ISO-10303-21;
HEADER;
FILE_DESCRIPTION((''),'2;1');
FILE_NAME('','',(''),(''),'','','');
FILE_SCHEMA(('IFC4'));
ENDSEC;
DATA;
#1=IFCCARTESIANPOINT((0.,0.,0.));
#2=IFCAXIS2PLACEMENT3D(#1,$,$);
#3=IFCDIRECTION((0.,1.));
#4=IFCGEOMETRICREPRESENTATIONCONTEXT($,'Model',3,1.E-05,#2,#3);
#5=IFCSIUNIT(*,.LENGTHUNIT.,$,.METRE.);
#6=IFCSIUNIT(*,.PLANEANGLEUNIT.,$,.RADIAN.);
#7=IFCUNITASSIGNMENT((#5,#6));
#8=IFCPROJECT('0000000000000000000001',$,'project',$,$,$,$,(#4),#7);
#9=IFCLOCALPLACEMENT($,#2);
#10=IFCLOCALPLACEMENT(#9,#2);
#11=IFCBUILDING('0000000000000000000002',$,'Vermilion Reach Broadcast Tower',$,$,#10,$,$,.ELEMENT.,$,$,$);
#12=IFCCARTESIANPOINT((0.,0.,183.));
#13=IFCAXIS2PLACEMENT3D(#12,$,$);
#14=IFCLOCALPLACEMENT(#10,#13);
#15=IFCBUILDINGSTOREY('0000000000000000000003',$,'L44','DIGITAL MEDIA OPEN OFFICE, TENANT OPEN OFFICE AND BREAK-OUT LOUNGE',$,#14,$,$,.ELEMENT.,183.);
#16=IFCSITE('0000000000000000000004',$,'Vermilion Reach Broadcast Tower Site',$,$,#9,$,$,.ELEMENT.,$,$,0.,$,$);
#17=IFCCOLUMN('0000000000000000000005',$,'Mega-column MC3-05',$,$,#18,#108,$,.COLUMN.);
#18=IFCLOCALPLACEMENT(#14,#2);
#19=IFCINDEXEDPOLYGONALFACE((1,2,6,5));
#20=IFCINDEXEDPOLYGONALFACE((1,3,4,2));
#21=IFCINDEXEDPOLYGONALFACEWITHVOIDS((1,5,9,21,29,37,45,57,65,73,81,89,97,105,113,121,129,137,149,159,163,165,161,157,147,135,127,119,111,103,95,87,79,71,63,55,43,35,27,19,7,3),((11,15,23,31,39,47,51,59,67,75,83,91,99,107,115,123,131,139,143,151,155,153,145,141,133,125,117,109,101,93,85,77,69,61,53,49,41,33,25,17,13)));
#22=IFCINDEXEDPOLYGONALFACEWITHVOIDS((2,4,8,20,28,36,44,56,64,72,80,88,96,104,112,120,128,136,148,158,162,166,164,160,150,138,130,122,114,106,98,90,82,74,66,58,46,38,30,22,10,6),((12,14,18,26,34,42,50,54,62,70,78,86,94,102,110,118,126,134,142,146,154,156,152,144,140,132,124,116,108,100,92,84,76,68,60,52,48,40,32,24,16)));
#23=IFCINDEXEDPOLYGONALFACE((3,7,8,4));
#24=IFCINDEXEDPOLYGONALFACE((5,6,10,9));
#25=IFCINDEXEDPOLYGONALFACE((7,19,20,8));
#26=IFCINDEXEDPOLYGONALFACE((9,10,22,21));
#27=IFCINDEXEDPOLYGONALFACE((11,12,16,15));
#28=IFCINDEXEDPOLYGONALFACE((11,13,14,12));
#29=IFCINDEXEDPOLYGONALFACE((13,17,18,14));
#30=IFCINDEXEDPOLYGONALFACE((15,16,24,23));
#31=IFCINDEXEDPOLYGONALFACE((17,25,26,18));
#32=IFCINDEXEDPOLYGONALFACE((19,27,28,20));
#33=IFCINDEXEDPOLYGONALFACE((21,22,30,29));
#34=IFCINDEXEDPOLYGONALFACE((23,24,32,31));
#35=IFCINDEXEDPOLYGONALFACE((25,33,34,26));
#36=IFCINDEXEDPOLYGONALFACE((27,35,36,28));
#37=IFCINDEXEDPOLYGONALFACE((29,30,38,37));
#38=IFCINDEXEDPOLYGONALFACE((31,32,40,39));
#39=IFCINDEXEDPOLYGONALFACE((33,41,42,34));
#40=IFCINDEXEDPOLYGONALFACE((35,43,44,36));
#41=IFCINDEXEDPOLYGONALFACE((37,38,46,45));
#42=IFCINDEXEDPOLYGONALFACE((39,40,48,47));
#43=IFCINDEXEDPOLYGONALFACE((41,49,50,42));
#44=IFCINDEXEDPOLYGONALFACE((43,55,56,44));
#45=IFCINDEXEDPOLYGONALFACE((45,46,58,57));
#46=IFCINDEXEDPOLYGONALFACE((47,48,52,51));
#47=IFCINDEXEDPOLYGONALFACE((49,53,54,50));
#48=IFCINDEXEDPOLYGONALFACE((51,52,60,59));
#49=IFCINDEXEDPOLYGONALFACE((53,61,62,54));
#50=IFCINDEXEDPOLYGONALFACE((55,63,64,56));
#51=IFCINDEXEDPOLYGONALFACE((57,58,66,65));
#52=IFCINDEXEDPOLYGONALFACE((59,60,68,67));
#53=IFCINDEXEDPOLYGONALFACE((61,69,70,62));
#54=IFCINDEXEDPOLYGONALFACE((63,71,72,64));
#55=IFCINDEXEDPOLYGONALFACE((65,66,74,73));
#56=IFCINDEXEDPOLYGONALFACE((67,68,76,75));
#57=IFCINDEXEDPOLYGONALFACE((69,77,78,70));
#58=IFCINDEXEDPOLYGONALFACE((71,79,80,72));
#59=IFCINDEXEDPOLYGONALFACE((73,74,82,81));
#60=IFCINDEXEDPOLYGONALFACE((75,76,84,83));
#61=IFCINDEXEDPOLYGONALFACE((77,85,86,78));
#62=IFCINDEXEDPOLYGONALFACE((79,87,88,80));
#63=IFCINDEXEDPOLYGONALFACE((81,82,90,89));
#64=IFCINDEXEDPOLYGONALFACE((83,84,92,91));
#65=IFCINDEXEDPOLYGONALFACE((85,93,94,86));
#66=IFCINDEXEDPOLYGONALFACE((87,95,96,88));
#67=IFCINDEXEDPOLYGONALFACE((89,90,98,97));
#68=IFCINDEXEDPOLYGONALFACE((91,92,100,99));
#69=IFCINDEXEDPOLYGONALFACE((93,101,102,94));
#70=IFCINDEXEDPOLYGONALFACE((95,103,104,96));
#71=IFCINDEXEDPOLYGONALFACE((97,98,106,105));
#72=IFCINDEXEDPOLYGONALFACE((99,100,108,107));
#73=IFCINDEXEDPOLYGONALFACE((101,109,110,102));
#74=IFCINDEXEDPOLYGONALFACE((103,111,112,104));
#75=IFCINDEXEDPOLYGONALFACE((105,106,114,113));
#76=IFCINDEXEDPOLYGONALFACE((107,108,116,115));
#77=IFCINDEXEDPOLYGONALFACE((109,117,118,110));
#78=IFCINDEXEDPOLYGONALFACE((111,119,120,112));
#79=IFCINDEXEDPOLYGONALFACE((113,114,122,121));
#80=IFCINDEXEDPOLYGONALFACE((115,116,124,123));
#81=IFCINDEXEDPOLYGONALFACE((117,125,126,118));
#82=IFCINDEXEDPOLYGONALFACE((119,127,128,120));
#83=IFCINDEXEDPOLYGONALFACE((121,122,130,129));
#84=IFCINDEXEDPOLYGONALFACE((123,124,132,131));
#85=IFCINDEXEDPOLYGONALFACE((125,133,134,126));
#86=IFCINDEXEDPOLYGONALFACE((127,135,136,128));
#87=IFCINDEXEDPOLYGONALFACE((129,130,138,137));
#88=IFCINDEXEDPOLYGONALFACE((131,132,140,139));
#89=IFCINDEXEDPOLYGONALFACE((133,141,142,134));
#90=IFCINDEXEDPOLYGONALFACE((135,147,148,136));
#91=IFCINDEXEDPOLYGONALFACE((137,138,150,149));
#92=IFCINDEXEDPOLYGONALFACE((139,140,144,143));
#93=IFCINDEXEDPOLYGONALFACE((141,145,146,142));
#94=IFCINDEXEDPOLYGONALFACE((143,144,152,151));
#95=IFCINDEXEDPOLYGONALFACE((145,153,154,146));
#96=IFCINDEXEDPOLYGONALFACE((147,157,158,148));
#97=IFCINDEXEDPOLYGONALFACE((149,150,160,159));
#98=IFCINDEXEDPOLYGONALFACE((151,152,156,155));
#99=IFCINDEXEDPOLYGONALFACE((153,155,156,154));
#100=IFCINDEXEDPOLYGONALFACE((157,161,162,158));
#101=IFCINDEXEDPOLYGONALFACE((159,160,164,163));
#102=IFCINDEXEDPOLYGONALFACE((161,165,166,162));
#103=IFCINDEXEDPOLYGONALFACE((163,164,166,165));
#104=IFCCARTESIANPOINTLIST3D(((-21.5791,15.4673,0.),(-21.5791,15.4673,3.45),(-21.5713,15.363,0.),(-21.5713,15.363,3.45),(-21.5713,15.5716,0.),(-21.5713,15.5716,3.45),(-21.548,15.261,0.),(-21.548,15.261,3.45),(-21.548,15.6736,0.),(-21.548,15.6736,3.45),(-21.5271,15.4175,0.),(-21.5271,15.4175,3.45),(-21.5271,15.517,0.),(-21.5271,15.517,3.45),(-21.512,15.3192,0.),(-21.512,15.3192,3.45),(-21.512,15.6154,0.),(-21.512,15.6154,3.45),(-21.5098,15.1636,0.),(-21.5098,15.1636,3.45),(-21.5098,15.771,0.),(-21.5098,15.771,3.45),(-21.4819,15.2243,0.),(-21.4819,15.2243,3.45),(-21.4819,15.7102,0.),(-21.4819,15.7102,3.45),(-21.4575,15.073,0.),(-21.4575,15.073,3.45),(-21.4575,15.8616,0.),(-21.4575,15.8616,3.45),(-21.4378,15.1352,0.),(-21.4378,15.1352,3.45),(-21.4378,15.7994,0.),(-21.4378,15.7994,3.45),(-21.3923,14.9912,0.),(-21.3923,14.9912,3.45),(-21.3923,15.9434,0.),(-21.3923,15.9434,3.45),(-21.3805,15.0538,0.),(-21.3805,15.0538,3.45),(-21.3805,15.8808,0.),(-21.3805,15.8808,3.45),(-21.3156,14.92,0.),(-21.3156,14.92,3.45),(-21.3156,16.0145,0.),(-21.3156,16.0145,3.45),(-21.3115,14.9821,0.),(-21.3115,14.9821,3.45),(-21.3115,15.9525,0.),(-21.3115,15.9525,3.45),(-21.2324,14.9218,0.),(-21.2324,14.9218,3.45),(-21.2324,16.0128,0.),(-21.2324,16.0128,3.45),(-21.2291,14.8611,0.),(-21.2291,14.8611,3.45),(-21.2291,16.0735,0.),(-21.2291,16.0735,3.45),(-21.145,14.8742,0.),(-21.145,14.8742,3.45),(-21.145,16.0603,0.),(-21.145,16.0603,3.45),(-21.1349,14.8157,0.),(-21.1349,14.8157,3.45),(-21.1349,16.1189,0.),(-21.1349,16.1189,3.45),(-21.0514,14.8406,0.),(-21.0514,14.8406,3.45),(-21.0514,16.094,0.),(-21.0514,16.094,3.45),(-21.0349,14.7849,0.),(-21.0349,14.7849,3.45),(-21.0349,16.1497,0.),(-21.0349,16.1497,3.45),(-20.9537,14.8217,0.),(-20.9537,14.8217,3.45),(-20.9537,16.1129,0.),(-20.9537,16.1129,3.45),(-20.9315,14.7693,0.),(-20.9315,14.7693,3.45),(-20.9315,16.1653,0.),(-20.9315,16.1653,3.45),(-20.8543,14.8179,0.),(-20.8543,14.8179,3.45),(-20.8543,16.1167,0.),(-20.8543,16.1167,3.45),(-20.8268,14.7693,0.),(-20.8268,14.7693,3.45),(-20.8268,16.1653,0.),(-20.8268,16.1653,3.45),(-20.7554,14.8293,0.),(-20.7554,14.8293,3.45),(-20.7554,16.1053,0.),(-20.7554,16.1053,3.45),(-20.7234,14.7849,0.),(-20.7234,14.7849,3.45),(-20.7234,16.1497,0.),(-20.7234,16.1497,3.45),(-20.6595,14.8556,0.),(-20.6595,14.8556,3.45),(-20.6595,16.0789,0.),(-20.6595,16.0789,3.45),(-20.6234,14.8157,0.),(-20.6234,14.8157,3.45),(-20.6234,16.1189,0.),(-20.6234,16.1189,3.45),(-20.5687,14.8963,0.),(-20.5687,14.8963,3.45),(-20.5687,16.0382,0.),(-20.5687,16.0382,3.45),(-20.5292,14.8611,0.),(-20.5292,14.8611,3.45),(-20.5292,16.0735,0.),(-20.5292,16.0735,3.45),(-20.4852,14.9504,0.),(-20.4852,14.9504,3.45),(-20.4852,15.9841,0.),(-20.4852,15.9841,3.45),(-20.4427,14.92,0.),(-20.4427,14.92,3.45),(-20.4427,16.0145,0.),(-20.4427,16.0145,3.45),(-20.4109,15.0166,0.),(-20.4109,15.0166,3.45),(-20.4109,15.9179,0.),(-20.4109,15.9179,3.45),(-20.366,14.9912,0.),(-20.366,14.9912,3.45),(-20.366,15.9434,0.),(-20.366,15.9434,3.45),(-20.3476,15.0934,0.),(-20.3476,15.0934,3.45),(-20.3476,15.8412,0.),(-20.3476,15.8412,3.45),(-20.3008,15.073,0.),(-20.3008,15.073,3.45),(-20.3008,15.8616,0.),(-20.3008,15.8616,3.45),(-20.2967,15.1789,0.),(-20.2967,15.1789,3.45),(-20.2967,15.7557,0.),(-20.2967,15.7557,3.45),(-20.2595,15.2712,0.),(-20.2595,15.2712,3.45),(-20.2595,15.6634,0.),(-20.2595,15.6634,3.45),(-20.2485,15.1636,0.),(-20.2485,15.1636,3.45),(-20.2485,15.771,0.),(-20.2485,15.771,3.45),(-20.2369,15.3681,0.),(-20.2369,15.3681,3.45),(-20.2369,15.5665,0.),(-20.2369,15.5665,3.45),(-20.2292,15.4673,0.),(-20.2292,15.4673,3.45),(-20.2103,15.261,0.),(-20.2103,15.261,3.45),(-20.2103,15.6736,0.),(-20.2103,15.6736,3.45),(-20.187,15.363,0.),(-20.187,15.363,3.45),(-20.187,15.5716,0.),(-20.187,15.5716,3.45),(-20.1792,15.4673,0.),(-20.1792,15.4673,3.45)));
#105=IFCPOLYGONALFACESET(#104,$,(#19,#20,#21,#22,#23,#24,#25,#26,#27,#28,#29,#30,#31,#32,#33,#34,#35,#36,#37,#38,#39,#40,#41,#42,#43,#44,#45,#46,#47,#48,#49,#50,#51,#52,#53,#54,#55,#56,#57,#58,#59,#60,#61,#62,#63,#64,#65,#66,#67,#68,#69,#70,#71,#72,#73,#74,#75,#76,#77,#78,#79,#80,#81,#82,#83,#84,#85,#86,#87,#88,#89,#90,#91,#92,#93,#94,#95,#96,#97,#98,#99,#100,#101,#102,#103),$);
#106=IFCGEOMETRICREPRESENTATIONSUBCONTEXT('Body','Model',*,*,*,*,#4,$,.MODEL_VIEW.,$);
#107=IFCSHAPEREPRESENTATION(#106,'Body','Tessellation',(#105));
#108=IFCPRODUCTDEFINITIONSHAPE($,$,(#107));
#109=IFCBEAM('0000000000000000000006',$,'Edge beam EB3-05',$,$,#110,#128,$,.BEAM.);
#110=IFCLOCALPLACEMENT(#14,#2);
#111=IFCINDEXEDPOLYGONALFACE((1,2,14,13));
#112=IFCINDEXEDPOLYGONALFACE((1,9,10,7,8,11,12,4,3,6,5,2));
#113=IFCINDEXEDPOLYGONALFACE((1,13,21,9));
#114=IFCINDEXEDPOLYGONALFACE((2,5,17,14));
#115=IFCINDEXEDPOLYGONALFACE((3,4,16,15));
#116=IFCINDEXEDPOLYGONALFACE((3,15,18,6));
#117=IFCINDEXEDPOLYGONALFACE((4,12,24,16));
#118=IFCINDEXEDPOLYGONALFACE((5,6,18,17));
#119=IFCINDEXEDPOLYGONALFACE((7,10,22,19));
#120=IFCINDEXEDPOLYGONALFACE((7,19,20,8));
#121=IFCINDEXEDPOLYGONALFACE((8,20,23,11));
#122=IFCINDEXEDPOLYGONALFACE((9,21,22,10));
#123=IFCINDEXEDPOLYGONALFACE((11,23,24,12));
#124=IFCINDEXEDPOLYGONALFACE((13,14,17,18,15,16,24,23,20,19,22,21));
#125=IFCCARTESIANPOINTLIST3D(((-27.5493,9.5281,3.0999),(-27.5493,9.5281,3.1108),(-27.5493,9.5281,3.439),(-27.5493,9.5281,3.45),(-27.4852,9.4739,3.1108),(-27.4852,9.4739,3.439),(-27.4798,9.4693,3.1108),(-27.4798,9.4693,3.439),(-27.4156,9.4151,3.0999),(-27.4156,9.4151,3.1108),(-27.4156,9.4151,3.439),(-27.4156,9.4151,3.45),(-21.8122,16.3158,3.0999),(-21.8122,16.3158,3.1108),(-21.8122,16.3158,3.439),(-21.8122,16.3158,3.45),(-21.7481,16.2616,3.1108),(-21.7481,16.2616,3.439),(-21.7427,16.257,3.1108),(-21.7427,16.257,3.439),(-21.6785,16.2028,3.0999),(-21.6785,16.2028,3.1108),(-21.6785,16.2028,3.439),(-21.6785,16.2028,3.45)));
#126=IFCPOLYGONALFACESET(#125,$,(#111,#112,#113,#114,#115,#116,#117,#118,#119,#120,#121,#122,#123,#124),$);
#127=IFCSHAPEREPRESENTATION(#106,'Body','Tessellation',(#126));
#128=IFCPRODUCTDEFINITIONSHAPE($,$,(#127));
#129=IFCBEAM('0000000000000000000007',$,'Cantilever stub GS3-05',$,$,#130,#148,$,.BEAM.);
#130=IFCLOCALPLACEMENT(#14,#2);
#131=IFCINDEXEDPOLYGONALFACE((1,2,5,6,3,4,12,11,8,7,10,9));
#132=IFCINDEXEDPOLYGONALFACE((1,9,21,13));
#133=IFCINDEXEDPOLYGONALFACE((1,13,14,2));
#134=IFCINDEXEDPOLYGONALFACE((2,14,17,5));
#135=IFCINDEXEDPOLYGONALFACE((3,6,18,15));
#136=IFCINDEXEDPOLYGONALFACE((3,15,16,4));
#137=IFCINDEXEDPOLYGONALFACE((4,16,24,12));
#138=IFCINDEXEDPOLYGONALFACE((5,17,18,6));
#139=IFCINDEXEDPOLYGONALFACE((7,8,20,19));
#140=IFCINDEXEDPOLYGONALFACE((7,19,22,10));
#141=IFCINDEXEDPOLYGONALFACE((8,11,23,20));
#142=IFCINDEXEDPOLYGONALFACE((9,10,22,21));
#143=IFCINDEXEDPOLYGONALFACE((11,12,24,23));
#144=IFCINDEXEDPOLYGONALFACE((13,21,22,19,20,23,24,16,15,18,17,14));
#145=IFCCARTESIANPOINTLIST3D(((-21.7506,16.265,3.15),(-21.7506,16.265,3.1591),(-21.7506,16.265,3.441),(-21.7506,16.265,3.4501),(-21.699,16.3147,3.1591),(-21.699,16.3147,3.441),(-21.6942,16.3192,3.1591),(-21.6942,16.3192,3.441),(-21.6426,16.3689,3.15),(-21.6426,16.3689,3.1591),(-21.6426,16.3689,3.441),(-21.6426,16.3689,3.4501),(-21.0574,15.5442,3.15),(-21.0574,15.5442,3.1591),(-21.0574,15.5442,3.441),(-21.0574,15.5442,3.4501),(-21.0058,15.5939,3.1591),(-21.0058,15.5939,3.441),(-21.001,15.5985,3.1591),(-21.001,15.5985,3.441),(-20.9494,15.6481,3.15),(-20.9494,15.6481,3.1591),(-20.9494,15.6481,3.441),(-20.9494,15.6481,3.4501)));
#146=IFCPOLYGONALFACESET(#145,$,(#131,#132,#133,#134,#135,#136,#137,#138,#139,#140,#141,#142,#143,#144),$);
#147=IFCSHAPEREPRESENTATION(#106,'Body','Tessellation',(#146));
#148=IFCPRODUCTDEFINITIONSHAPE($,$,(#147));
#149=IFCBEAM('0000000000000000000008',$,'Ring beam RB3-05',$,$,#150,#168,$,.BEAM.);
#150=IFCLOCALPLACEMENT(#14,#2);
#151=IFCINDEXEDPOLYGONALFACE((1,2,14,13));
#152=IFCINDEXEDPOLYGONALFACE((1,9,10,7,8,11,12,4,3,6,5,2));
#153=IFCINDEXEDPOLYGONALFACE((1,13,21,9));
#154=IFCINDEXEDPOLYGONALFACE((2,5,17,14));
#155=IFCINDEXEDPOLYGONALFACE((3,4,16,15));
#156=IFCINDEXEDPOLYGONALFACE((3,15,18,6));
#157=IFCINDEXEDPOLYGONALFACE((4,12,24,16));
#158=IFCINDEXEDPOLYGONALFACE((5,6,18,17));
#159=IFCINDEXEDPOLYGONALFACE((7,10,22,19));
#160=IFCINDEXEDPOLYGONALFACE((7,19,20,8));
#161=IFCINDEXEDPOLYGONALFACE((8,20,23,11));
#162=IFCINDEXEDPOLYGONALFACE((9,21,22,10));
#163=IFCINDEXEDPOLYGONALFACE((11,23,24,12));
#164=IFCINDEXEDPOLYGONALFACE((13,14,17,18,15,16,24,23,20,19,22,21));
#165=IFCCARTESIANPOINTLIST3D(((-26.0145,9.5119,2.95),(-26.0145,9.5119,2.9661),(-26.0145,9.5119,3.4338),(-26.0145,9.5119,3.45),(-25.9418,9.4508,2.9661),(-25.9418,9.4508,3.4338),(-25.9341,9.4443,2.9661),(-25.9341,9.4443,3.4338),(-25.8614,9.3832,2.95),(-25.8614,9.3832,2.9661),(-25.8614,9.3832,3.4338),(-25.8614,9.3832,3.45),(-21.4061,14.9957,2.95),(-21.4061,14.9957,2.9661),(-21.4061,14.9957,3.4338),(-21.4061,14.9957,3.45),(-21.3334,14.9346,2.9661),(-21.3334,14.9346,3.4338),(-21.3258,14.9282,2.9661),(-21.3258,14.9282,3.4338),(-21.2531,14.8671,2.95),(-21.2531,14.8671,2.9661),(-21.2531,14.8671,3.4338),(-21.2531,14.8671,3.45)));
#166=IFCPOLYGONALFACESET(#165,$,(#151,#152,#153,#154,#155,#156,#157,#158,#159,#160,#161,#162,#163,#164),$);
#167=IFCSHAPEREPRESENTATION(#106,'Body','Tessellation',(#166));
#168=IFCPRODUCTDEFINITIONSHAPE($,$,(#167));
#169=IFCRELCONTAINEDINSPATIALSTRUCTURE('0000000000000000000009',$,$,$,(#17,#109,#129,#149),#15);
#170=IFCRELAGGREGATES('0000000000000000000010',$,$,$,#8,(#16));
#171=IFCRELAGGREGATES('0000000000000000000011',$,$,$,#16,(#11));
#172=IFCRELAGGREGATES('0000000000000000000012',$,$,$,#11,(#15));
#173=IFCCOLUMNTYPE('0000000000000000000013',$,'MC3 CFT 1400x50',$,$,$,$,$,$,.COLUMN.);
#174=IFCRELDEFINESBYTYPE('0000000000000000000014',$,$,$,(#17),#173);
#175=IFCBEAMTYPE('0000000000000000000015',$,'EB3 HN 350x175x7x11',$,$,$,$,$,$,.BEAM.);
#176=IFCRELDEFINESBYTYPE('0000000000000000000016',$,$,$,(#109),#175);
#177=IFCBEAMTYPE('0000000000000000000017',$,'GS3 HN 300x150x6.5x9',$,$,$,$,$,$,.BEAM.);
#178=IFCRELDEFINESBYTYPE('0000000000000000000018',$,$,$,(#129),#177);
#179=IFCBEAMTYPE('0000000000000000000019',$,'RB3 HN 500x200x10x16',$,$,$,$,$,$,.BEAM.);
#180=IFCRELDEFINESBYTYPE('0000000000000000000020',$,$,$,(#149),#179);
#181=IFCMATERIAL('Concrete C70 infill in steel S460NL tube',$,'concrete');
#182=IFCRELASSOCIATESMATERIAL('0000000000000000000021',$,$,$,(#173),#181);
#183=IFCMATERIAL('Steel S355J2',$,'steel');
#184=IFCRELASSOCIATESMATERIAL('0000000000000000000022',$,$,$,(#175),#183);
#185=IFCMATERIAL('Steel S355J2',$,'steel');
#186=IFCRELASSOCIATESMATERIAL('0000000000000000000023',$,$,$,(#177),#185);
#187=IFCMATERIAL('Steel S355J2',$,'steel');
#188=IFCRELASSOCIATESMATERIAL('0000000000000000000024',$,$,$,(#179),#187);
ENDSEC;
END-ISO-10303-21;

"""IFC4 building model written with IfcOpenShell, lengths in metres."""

from ifc_helpers import new_model, si_unit, direction, frame, origin, origin_2d, place, context, subcontext, project, spatial, hollow_circle, i_section, extrude, material, material_profile, profile_set, type_object, element, save


model = new_model("IFC4")

# Units and contexts
model_context = context("Model", 3, precision=1e-05, world=origin(), true_north=direction((0.0, 1.0)))
body_context = subcontext(model_context, "Body", "Model", "MODEL_VIEW")
ifc_project = project(units=[si_unit("LENGTHUNIT", "METRE"), si_unit("PLANEANGLEUNIT", "RADIAN")], contexts=[model_context])

# Site, building, storey
site_placement = place(None, origin())
site = spatial("IfcSite", under=ifc_project, at=site_placement, Name="Vermilion Reach Broadcast Tower Site", CompositionType="ELEMENT", RefElevation=0.0)
building_placement = place(site_placement, origin())
building = spatial("IfcBuilding", under=site, at=building_placement, Name="Vermilion Reach Broadcast Tower", CompositionType="ELEMENT")
storey_placement = place(building_placement, frame((0.0, 0.0, 183.0)))
storey = spatial("IfcBuildingStorey", under=building, at=storey_placement, Name="L44", Description="DIGITAL MEDIA OPEN OFFICE, TENANT OPEN OFFICE AND BREAK-OUT LOUNGE", CompositionType="ELEMENT", Elevation=183.0)

# Column
ifc_material_1 = material(Name="Concrete C70 infill in steel S460NL tube", Category="concrete")
ifc_material_profile_1 = material_profile(ifc_material_1, hollow_circle(Radius=0.7, WallThickness=0.05, at=origin_2d()), Name="Concrete C70 infill in steel S460NL tube CFT 1400x50")
ifc_profile_set_1 = profile_set([ifc_material_profile_1], Name="Concrete C70 infill in steel S460NL tube")
column_type = type_object("IfcColumnType", Name="MC3 CFT 1400x50", PredefinedType="COLUMN", material=ifc_profile_set_1)
column_placement = place(storey_placement, frame((-20.8792, 15.4673, 0.0), z_axis=(0.0, 0.0, 1.0), x_axis=(1.0, 0.0, 0.0)))
element("IfcColumn", 1, at=column_placement, inside=storey, type_object=column_type, Name="Mega-column MC3-05", PredefinedType="COLUMN", context=body_context, shape_type="SweptSolid", body=[
    extrude(hollow_circle(Radius=0.7, WallThickness=0.05, at=origin_2d()), origin(), (0.0, 0.0, 1.0), 3.45),
])

# Beams
ifc_material_2 = material(Name="Steel S355J2", Category="steel")
ifc_material_profile_2 = material_profile(ifc_material_2, i_section(OverallWidth=0.175, OverallDepth=0.3501, WebThickness=0.0071, FlangeThickness=0.011, at=origin_2d()), Name="S355J2 HN 350x175x7x11")
ifc_profile_set_2 = profile_set([ifc_material_profile_2], Name="Steel S355J2")
beam_type_1 = type_object("IfcBeamType", Name="EB3 HN 350x175x7x11", PredefinedType="BEAM", material=ifc_profile_set_2)
beam_1_placement = place(storey_placement, frame((-21.7454, 16.2593, 3.2749), z_axis=(-0.64553, -0.763735, 0.0), x_axis=(0.763735, -0.64553, 0.0)))
element("IfcBeam", 2, at=beam_1_placement, inside=storey, type_object=beam_type_1, Name="Edge beam EB3-05", PredefinedType="BEAM", context=body_context, shape_type="SweptSolid", body=[
    extrude(i_section(OverallWidth=0.175, OverallDepth=0.3501, WebThickness=0.0071, FlangeThickness=0.011, at=origin_2d()), origin(), (0.0, 0.0, 1.0), 8.8875),
])
ifc_material_3 = material(Name="Steel S355J2", Category="steel")
ifc_material_profile_3 = material_profile(ifc_material_3, i_section(OverallWidth=0.1499, OverallDepth=0.3, WebThickness=0.0066, FlangeThickness=0.009, at=origin_2d()), Name="S355J2 HN 300x150x6.5x9")
ifc_profile_set_3 = profile_set([ifc_material_profile_3], Name="Steel S355J2")
beam_type_2 = type_object("IfcBeamType", Name="GS3 HN 300x150x6.5x9", PredefinedType="BEAM", material=ifc_profile_set_3)
beam_2_placement = place(storey_placement, frame((-21.0034, 15.5962, 3.3), z_axis=(-0.693177, 0.720767, 0.0), x_axis=(-0.720767, -0.693177, 0.0)))
element("IfcBeam", 3, at=beam_2_placement, inside=storey, type_object=beam_type_2, Name="Cantilever stub GS3-05", PredefinedType="BEAM", context=body_context, shape_type="SweptSolid", body=[
    extrude(i_section(OverallWidth=0.1499, OverallDepth=0.3, WebThickness=0.0066, FlangeThickness=0.009, at=origin_2d()), origin(), (0.0, 0.0, 1.0), 1.0),
])
ifc_material_4 = material(Name="Steel S355J2", Category="steel")
ifc_material_profile_4 = material_profile(ifc_material_4, i_section(OverallWidth=0.2, OverallDepth=0.5, WebThickness=0.01, FlangeThickness=0.0161, at=origin_2d()), Name="S355J2 HN 500x200x10x16")
ifc_profile_set_4 = profile_set([ifc_material_profile_4], Name="Steel S355J2")
beam_type_3 = type_object("IfcBeamType", Name="RB3 HN 500x200x10x16", PredefinedType="BEAM", material=ifc_profile_set_4)
beam_3_placement = place(storey_placement, frame((-21.3296, 14.9314, 3.2), z_axis=(-0.64335, -0.765572, 0.0), x_axis=(0.765572, -0.64335, 0.0)))
element("IfcBeam", 4, at=beam_3_placement, inside=storey, type_object=beam_type_3, Name="Ring beam RB3-05", PredefinedType="BEAM", context=body_context, shape_type="SweptSolid", body=[
    extrude(i_section(OverallWidth=0.2, OverallDepth=0.5, WebThickness=0.01, FlangeThickness=0.0161, at=origin_2d()), origin(), (0.0, 0.0, 1.0), 7.1631),
])

save(model, "model.ifc")
